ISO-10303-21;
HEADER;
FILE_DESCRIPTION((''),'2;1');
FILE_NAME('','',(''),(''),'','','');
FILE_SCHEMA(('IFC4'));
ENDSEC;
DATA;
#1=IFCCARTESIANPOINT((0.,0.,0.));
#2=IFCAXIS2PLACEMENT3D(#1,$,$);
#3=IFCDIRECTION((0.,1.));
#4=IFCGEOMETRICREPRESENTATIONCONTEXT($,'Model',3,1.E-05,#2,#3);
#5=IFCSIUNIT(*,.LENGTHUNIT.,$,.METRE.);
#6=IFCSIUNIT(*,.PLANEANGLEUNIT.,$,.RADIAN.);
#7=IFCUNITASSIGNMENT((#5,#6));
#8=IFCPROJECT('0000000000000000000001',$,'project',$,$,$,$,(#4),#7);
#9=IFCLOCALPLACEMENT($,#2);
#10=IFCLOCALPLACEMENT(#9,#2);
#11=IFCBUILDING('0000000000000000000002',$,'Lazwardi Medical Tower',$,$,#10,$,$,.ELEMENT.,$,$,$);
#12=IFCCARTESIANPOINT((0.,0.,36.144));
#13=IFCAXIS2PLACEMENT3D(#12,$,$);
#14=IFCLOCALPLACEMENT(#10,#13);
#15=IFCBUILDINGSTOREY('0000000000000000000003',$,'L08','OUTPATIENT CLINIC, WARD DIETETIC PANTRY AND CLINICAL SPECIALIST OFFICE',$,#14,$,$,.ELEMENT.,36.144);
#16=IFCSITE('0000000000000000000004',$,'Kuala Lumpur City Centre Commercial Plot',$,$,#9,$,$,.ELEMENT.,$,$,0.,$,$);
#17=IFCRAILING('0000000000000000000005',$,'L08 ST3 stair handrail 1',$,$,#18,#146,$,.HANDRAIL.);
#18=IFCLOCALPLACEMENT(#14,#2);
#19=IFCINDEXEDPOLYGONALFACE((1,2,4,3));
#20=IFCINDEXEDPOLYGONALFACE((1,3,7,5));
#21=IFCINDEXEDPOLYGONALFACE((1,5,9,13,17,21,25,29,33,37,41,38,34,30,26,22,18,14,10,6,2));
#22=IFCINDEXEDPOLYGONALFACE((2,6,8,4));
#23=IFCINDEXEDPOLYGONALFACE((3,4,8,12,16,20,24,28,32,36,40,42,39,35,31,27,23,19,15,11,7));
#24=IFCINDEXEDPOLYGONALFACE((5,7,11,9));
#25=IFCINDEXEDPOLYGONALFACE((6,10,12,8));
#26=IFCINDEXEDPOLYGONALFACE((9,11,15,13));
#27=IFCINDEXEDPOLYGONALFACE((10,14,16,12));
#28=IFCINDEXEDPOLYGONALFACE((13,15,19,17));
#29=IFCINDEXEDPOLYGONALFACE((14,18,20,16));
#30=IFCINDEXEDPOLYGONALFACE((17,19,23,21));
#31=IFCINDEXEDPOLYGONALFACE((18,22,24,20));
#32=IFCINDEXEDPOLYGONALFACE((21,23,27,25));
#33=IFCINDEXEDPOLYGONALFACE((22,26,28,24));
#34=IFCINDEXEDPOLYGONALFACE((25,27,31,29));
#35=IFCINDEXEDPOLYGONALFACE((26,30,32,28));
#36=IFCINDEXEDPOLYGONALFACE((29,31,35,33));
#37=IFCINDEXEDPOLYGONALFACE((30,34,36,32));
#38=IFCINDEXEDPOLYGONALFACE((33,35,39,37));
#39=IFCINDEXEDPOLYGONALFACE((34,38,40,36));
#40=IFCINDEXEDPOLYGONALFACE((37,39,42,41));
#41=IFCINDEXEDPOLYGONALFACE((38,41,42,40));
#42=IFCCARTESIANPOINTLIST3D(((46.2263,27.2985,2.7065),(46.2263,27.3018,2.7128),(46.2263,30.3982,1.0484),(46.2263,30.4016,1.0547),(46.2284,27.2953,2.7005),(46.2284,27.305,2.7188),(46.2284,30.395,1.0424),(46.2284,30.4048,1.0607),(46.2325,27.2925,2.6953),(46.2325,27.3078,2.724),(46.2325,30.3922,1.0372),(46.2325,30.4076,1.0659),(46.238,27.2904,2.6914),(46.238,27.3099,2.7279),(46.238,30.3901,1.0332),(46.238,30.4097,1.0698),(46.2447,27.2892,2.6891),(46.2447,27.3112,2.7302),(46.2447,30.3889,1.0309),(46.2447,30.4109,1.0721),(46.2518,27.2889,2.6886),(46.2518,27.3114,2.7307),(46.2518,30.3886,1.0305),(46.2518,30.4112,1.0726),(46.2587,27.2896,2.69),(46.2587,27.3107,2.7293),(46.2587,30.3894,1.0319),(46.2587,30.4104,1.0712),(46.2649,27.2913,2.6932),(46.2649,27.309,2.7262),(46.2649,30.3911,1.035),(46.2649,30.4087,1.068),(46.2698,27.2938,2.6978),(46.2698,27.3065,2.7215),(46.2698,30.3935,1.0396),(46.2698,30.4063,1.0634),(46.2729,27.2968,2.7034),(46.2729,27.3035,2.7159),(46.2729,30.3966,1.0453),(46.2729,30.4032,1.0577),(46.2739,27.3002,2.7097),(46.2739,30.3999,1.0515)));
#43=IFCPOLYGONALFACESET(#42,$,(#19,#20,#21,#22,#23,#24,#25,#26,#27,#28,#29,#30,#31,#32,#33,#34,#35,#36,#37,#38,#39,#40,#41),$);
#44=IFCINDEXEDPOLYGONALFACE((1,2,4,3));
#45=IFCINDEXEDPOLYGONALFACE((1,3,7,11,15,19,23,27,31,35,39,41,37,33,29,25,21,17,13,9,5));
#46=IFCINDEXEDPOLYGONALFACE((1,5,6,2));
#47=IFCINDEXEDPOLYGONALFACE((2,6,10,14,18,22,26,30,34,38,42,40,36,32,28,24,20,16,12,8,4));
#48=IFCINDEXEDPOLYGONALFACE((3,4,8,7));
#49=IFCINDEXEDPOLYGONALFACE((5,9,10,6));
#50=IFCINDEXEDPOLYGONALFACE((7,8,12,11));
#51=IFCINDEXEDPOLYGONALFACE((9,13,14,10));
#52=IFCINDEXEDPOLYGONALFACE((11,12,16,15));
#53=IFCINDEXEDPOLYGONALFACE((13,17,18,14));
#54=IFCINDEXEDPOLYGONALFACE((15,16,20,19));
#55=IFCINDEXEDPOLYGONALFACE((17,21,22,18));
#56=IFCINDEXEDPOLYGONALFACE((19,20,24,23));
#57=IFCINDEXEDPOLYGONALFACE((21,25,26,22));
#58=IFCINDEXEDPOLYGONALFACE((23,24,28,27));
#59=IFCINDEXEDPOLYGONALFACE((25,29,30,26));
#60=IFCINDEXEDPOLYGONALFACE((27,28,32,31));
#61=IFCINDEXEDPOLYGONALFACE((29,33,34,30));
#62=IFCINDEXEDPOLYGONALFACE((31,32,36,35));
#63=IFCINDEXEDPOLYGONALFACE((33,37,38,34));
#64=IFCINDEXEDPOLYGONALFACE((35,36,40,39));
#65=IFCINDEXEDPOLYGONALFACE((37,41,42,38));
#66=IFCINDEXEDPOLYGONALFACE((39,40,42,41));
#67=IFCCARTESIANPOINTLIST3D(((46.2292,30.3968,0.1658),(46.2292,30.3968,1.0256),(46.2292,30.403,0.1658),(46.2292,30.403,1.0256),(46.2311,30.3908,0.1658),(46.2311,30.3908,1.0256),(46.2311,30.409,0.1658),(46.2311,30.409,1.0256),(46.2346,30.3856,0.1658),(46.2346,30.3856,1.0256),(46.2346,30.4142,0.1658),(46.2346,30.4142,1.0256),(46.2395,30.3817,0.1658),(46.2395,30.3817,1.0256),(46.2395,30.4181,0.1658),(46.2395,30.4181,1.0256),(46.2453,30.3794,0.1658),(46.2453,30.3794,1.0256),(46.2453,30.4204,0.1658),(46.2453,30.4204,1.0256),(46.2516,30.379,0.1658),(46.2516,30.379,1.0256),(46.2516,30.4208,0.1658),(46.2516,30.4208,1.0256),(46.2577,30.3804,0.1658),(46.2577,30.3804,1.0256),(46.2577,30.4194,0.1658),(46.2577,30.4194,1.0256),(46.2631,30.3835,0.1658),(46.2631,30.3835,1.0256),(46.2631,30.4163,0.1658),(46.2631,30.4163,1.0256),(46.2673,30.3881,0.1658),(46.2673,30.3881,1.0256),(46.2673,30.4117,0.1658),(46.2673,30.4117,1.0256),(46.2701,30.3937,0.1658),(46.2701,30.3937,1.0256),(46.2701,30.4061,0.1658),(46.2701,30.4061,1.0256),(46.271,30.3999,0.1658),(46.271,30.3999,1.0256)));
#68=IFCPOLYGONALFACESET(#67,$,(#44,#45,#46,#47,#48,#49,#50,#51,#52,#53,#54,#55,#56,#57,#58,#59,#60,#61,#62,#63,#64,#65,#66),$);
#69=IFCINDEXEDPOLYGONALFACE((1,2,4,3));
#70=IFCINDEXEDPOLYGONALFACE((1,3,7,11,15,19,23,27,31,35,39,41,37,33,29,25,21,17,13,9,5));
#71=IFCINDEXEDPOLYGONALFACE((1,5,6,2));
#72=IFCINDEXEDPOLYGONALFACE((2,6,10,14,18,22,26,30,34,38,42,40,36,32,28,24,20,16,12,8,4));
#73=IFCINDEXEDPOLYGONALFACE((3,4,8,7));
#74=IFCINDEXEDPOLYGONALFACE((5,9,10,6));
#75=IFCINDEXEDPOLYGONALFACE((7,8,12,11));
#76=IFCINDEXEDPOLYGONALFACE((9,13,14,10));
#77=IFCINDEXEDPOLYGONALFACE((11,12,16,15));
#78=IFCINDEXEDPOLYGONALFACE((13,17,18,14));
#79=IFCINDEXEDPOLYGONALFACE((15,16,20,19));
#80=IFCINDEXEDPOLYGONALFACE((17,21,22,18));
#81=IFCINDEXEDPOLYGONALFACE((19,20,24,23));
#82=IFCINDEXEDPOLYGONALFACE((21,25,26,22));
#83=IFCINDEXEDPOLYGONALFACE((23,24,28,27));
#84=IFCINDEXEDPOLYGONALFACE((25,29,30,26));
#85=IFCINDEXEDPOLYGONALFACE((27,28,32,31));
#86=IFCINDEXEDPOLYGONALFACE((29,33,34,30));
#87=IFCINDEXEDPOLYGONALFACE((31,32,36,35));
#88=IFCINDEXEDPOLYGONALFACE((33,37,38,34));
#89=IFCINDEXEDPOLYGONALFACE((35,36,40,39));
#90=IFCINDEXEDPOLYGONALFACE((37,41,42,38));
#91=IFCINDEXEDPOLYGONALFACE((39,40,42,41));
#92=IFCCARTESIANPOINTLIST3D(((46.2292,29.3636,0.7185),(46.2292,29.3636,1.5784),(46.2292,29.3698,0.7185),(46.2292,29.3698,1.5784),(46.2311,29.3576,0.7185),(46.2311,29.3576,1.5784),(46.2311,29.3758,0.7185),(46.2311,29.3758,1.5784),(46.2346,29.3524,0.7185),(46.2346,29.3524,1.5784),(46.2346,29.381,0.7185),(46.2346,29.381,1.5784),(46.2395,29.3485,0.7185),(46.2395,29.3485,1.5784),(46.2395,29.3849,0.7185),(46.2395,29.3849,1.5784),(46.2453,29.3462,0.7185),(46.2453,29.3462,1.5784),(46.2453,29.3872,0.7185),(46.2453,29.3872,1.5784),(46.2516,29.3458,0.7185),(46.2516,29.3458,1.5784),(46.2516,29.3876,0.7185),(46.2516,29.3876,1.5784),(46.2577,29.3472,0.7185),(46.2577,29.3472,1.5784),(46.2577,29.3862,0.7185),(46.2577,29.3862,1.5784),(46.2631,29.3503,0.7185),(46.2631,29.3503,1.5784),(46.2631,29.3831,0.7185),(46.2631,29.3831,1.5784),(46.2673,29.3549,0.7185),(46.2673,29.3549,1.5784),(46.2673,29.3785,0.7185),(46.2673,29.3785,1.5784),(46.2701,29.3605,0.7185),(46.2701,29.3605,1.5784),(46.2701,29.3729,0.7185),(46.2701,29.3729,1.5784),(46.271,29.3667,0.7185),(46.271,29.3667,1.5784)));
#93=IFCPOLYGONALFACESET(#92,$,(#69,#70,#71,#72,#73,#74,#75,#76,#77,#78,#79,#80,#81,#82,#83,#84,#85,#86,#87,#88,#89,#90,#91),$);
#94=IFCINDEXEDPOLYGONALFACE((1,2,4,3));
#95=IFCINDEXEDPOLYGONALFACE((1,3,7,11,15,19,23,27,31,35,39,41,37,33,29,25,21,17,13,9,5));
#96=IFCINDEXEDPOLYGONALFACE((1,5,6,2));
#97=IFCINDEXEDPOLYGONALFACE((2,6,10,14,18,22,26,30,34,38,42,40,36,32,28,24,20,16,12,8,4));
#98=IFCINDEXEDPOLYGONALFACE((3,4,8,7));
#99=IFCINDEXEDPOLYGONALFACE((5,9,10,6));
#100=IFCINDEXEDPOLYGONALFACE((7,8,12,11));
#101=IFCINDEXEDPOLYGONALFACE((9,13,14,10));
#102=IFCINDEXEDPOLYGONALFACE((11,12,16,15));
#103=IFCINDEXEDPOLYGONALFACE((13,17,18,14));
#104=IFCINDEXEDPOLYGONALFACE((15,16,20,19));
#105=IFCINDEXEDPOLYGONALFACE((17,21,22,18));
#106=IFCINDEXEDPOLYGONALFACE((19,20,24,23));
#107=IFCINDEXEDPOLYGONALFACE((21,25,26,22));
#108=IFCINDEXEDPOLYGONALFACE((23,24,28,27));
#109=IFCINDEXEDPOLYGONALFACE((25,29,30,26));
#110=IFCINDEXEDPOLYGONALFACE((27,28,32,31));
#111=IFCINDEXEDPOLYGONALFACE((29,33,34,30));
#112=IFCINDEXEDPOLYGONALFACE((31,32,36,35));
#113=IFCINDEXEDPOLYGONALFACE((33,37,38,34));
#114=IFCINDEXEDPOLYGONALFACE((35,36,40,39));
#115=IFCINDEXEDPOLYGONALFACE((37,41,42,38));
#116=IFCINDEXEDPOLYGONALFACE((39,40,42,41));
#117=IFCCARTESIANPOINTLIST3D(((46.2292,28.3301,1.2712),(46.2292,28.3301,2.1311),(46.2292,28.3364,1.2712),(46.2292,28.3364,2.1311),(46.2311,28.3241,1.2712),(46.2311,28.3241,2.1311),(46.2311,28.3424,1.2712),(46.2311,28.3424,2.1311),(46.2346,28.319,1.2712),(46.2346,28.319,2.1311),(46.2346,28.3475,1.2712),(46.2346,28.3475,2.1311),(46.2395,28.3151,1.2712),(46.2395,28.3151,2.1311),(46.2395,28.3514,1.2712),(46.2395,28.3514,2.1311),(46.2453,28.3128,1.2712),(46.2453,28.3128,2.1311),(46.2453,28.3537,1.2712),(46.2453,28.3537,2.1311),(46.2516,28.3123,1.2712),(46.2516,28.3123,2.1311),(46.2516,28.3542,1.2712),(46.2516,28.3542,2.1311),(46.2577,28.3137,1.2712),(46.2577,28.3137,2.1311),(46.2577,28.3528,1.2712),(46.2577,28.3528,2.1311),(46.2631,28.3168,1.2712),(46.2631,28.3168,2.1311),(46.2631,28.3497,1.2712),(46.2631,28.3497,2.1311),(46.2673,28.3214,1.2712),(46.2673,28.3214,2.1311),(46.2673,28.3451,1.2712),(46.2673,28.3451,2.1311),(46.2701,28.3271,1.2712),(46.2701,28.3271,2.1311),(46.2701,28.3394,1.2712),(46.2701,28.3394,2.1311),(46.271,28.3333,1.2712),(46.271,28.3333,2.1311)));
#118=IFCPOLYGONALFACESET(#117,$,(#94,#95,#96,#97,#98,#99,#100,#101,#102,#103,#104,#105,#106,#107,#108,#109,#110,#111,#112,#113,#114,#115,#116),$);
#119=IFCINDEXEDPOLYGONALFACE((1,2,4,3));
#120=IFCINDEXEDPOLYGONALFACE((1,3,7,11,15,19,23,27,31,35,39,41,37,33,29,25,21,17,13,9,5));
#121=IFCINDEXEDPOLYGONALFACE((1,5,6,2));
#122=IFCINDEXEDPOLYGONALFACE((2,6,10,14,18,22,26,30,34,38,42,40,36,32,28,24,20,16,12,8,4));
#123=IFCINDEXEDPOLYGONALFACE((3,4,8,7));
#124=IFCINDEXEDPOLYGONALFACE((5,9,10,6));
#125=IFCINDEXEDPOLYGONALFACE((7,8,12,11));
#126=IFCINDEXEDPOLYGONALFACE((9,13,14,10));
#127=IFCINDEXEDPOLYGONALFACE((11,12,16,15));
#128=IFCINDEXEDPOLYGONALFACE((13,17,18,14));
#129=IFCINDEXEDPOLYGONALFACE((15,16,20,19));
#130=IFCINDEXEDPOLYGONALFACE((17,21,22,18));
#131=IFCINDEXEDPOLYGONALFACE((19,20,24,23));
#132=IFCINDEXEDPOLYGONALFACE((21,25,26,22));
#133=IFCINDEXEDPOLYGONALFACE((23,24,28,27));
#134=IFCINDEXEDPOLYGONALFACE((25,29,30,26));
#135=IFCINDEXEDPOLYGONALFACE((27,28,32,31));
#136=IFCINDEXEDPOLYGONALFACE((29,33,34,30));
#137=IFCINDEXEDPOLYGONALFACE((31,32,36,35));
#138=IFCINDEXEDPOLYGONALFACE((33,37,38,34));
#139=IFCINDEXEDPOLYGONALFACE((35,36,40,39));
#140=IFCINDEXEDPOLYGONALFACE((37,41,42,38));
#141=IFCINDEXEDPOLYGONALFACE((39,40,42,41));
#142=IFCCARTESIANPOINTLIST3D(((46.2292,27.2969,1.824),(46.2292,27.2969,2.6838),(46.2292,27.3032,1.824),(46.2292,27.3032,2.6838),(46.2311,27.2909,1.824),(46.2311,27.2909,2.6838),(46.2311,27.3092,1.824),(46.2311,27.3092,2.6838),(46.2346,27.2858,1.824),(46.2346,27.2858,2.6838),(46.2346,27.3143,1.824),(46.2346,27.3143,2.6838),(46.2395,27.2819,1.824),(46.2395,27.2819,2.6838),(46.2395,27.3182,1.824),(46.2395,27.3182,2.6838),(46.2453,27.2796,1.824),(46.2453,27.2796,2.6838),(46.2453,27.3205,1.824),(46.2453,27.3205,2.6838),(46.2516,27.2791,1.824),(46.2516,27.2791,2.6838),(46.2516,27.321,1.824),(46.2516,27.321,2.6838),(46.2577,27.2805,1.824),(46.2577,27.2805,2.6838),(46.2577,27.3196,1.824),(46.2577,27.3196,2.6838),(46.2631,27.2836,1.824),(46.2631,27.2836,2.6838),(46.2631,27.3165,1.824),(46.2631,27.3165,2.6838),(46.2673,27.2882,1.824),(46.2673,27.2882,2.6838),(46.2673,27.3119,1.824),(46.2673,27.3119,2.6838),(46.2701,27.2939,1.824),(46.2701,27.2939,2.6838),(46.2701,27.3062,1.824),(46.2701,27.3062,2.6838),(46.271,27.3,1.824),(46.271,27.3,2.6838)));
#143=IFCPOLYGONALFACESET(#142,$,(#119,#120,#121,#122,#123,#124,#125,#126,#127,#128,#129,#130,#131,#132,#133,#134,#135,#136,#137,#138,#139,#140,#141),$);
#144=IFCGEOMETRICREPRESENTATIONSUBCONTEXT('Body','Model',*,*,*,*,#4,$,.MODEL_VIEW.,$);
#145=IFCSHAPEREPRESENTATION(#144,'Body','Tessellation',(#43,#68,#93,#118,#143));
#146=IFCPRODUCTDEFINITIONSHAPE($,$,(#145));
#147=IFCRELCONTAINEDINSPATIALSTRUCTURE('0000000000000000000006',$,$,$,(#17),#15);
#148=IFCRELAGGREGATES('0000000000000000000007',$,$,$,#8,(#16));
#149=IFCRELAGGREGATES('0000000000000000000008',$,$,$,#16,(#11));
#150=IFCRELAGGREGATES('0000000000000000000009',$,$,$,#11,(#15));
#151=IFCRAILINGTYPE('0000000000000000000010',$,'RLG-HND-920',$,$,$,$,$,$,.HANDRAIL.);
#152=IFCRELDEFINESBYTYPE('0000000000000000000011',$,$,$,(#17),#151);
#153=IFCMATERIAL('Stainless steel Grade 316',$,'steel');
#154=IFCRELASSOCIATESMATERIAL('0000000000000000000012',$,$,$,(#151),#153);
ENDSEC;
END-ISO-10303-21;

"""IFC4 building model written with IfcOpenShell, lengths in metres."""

from ifc_helpers import new_model, si_unit, direction, frame, origin, origin_2d, place, context, subcontext, project, spatial, circle, extrude, material, type_object, element, save


model = new_model("IFC4")

# Units and contexts
model_context = context("Model", 3, precision=1e-05, world=origin(), true_north=direction((0.0, 1.0)))
body_context = subcontext(model_context, "Body", "Model", "MODEL_VIEW")
ifc_project = project(units=[si_unit("LENGTHUNIT", "METRE"), si_unit("PLANEANGLEUNIT", "RADIAN")], contexts=[model_context])

# Site, building, storey
site_placement = place(None, origin())
site = spatial("IfcSite", under=ifc_project, at=site_placement, Name="Kuala Lumpur City Centre Commercial Plot", CompositionType="ELEMENT", RefElevation=0.0)
building_placement = place(site_placement, origin())
building = spatial("IfcBuilding", under=site, at=building_placement, Name="Lazwardi Medical Tower", CompositionType="ELEMENT")
storey_placement = place(building_placement, frame((0.0, 0.0, 36.144)))
storey = spatial("IfcBuildingStorey", under=building, at=storey_placement, Name="L08", Description="OUTPATIENT CLINIC, WARD DIETETIC PANTRY AND CLINICAL SPECIALIST OFFICE", CompositionType="ELEMENT", Elevation=36.144)

# Railing
ifc_material_1 = material(Name="Stainless steel Grade 316", Category="steel")
railing_type_1 = type_object("IfcRailingType", Name="RLG-HND-920", PredefinedType="HANDRAIL", material=ifc_material_1)
railing_1_placement = place(storey_placement, frame((46.25, 30.3999, 0.1658)))
element("IfcRailing", 1, at=railing_1_placement, inside=storey, type_object=railing_type_1, Name="L08 ST3 stair handrail 1", PredefinedType="HANDRAIL", context=body_context, shape_type="SweptSolid", body=[
    extrude(circle(Radius=0.0239, at=origin_2d()), frame((0.0, 0.0, 0.8857), z_axis=(0.0, -0.881768, 0.471684), x_axis=(1.0, 0.0, 0.0)), (0.0, 0.0, 1.0), 3.5154),
    extrude(circle(Radius=0.021, at=origin_2d()), origin(), (0.0, 0.0, 1.0), 0.8599),
    extrude(circle(Radius=0.021, at=origin_2d()), frame((0.0, -1.0332, 0.5527)), (0.0, 0.0, 1.0), 0.8599),
    extrude(circle(Radius=0.021, at=origin_2d()), frame((0.0, -2.0667, 1.1055)), (0.0, 0.0, 1.0), 0.8599),
    extrude(circle(Radius=0.021, at=origin_2d()), frame((0.0, -3.0999, 1.6582)), (0.0, 0.0, 1.0), 0.8599),
])

save(model, "model.ifc")
